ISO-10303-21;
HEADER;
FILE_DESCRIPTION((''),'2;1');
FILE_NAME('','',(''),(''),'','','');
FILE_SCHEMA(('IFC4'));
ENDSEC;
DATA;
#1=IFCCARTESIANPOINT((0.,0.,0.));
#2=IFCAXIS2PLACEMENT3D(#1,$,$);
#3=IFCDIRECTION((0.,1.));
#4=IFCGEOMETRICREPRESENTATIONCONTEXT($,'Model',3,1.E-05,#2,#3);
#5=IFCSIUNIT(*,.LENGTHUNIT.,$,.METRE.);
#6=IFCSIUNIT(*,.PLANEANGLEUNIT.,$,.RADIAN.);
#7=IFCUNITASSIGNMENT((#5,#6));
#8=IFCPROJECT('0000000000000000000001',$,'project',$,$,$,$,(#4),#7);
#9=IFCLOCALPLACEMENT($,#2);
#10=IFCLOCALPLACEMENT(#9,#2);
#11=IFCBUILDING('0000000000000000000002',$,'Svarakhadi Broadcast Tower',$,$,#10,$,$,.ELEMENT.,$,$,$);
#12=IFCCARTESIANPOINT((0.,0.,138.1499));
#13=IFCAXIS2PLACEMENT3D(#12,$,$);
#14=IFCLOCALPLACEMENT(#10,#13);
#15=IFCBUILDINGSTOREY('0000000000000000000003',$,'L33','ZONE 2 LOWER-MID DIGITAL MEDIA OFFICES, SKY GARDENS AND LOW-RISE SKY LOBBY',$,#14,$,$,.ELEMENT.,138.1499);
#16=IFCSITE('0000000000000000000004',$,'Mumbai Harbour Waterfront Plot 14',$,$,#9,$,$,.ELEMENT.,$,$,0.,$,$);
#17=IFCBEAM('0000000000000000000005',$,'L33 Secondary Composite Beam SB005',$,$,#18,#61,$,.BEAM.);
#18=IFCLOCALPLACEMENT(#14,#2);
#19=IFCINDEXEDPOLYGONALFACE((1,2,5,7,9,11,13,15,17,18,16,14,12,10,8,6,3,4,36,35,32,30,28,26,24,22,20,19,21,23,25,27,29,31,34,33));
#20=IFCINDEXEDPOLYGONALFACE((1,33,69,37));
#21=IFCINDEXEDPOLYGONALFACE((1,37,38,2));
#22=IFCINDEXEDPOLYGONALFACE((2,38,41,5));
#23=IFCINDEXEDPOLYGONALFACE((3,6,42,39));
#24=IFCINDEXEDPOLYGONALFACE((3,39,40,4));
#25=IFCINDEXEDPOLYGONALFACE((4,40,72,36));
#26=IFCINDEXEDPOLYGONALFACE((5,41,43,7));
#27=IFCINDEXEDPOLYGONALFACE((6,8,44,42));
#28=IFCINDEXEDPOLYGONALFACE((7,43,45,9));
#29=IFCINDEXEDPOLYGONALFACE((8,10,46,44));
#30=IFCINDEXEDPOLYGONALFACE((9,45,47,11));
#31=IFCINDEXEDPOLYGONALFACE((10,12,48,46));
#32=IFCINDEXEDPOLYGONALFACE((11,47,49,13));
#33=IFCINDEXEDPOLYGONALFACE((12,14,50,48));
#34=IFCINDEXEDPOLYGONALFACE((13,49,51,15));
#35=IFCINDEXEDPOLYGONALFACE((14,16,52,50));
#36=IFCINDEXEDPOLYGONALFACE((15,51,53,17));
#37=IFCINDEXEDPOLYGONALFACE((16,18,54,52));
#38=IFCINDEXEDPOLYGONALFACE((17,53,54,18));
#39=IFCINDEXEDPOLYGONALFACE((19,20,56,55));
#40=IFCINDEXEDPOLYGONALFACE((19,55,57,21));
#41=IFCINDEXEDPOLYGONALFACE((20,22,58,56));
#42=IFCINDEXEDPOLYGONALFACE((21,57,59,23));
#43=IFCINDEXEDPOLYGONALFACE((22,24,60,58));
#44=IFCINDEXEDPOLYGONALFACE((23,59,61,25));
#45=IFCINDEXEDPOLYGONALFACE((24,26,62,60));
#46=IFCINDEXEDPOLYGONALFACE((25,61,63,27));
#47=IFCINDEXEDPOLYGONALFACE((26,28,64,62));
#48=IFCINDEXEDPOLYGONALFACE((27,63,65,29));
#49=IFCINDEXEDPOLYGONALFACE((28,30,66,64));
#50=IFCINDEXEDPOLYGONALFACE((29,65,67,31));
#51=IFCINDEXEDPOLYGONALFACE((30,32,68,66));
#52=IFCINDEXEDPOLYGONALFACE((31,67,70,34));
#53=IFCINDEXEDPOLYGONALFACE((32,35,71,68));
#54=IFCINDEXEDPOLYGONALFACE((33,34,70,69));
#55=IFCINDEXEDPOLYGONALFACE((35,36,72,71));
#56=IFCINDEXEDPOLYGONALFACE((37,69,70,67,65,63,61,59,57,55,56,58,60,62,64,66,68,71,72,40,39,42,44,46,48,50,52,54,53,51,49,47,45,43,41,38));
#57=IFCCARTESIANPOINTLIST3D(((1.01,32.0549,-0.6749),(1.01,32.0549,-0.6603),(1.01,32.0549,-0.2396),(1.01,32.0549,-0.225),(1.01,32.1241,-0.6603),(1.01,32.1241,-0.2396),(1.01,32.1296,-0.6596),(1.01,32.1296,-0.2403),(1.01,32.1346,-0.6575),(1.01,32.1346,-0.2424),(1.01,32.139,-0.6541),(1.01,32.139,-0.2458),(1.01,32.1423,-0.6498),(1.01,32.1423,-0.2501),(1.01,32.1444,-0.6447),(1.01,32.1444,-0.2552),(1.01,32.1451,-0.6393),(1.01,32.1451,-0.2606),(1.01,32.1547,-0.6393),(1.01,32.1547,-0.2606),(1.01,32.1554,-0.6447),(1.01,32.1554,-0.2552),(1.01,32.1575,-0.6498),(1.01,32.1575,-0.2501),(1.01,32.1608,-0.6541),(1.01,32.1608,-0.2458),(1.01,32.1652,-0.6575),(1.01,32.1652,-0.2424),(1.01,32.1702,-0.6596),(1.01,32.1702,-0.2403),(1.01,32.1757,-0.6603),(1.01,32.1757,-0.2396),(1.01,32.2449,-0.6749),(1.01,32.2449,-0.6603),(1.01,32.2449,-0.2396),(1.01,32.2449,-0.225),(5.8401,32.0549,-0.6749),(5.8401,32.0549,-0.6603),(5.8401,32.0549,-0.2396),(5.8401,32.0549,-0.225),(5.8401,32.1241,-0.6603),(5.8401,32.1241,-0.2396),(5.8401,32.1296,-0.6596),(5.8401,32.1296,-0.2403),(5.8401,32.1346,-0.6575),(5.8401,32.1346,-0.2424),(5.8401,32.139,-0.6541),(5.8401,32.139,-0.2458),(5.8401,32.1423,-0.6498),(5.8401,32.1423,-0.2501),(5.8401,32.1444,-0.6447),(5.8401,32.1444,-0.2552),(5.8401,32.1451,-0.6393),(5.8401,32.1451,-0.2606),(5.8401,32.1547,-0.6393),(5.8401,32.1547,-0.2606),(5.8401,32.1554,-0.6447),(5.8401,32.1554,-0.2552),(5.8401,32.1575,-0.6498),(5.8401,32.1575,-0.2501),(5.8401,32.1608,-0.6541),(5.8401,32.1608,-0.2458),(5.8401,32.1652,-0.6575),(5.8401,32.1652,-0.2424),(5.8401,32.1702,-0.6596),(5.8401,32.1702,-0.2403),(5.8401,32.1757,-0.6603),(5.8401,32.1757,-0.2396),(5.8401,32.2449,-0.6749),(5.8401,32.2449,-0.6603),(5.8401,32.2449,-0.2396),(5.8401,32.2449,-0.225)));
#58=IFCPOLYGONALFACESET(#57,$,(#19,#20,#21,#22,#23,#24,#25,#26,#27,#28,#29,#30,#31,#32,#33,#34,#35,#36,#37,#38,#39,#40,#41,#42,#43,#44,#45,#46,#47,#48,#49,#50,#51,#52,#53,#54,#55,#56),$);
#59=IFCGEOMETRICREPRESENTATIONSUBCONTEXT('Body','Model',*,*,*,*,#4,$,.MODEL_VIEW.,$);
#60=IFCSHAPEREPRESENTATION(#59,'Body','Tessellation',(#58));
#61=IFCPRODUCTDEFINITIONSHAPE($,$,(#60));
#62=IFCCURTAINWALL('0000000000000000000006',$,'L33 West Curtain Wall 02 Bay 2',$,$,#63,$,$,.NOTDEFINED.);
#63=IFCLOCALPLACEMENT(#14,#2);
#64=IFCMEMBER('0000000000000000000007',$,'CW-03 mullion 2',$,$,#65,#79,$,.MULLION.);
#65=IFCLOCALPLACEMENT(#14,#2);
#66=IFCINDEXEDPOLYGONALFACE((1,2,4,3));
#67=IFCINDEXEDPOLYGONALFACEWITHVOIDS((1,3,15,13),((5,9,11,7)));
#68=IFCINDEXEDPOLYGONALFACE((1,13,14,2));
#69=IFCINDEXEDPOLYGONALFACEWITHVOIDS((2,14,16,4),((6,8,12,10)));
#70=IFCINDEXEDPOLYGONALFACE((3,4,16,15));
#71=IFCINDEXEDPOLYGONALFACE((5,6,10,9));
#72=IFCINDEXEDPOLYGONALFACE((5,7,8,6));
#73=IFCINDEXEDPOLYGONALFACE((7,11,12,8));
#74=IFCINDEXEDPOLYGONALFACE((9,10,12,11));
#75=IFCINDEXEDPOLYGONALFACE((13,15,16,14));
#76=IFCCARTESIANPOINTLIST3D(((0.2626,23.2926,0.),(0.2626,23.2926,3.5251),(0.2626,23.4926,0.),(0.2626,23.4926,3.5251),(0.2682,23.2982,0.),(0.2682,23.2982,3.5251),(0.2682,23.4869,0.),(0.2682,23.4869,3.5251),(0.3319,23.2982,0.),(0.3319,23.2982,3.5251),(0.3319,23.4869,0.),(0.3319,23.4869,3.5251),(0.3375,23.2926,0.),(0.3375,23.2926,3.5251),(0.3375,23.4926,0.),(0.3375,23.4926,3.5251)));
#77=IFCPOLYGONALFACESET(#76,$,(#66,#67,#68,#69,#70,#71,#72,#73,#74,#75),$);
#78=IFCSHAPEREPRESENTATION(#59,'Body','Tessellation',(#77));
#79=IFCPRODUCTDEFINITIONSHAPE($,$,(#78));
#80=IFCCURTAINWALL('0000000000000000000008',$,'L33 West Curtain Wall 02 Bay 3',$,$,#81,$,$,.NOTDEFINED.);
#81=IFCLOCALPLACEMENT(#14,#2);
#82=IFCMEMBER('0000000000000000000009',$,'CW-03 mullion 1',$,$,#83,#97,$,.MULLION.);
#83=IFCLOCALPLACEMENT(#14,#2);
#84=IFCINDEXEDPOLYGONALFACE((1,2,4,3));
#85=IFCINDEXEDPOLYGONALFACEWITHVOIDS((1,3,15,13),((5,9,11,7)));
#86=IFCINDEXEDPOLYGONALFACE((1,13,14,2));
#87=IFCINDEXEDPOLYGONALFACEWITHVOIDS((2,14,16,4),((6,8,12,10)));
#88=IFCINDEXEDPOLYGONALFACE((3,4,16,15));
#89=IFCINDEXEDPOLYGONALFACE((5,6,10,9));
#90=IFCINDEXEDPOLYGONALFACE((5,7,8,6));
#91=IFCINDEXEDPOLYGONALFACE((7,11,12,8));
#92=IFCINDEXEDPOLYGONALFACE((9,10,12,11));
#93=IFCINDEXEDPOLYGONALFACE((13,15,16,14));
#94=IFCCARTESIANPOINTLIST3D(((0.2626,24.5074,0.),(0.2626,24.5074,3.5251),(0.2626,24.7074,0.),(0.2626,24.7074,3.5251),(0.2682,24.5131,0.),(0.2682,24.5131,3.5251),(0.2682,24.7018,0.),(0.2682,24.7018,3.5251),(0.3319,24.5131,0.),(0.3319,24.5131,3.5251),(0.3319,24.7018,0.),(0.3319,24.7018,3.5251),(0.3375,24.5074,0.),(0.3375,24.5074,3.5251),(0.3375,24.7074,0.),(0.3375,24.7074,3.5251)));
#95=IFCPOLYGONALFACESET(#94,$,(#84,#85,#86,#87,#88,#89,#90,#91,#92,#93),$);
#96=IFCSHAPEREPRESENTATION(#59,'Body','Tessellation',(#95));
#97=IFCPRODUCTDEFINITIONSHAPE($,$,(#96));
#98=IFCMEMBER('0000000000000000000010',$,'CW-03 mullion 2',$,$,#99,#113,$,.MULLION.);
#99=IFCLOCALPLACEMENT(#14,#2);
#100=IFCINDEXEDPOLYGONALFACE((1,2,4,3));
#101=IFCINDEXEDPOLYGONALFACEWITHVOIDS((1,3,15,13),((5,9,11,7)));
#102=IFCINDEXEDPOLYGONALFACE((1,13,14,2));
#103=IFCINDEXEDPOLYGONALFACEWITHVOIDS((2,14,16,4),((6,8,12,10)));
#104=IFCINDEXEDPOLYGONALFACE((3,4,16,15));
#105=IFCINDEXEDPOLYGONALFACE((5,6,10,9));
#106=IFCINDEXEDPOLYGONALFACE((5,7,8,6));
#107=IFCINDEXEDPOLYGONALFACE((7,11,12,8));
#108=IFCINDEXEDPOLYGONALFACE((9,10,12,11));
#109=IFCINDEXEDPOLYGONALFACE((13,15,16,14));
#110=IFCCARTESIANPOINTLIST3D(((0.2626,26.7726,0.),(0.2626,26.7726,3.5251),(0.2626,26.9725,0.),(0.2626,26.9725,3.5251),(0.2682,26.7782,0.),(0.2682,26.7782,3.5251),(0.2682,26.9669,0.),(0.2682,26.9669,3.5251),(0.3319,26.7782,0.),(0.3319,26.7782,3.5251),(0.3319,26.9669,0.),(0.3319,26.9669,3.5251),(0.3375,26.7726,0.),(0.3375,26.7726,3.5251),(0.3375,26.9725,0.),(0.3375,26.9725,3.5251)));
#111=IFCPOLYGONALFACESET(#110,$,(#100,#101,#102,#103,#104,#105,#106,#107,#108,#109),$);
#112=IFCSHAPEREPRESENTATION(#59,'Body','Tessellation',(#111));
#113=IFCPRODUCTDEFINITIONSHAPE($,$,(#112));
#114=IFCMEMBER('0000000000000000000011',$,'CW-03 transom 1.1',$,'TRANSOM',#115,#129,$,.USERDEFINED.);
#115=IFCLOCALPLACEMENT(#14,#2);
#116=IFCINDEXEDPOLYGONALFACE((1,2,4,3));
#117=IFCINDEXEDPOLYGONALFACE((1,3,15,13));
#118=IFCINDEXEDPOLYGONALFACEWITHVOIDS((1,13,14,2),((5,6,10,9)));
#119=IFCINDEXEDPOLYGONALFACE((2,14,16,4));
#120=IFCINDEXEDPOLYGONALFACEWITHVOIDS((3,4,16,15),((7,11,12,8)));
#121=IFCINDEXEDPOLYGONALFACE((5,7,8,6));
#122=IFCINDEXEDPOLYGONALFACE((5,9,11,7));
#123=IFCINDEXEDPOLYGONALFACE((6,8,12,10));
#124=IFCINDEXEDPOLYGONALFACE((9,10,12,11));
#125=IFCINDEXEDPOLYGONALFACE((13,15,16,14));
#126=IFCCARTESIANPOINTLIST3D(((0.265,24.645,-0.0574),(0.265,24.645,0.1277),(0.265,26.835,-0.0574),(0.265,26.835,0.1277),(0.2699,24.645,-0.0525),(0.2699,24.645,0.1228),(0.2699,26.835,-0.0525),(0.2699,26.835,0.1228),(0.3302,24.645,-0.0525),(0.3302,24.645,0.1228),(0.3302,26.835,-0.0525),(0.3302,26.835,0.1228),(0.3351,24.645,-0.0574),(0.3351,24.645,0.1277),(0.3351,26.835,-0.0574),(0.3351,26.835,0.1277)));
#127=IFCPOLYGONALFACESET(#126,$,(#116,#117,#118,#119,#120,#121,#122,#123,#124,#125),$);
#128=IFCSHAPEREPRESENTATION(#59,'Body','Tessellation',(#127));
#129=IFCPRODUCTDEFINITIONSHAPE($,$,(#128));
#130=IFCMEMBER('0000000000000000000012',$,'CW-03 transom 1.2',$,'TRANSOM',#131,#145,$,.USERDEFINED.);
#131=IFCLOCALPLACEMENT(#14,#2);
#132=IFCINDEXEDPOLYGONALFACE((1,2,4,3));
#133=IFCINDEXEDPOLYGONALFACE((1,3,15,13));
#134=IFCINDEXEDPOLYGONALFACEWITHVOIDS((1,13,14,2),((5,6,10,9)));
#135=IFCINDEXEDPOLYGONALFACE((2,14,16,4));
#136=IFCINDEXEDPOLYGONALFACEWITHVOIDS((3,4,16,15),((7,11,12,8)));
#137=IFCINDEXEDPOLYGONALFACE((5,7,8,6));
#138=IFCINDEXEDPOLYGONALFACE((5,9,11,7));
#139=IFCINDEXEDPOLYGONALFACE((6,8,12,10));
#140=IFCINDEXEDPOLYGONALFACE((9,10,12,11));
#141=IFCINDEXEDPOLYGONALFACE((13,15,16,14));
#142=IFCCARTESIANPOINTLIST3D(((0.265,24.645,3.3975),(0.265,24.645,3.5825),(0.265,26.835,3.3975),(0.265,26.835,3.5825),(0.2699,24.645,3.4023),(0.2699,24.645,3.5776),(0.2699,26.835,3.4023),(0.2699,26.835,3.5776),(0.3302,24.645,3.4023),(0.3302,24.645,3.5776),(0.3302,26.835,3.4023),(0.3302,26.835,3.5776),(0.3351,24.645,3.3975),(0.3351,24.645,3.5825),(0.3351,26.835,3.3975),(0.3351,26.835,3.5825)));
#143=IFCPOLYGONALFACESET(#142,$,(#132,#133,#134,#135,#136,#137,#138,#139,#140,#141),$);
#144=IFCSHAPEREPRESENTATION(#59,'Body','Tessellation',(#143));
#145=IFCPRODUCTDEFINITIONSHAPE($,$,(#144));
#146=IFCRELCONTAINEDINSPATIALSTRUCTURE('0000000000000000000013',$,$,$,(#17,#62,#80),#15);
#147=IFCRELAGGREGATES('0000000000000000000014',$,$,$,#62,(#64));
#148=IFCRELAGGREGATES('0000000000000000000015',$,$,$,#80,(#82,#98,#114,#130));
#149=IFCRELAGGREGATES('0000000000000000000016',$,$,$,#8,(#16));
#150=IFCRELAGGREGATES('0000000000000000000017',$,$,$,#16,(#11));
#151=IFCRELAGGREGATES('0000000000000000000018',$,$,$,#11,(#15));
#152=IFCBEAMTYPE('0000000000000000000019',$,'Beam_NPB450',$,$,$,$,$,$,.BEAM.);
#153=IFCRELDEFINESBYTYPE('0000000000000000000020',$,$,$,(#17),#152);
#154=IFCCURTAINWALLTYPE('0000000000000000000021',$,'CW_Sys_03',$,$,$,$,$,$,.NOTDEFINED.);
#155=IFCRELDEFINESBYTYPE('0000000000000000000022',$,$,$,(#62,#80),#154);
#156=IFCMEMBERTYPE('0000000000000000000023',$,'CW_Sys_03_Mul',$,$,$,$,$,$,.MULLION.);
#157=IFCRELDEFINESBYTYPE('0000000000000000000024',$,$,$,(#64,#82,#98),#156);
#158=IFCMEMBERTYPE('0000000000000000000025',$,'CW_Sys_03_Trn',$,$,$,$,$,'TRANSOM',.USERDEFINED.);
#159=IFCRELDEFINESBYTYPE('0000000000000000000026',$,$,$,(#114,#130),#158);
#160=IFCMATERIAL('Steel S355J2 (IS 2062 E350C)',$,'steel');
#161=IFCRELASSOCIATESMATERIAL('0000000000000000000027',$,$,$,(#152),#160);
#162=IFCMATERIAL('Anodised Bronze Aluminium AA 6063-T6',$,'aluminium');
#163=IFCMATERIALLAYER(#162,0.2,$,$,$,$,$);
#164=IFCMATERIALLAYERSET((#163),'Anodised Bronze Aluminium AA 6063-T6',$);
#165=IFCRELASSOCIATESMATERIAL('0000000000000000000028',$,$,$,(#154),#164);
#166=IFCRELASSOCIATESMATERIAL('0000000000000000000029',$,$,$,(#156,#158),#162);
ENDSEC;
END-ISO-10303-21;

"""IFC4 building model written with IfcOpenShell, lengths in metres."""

from ifc_helpers import new_model, si_unit, direction, frame, origin, origin_2d, place, context, subcontext, project, spatial, hollow_rectangle, i_section, extrude, material, layer, layer_set, material_profile, profile_set, type_object, element, aggregate, save


model = new_model("IFC4")

# Units and contexts
model_context = context("Model", 3, precision=1e-05, world=origin(), true_north=direction((0.0, 1.0)))
body_context = subcontext(model_context, "Body", "Model", "MODEL_VIEW")
ifc_project = project(units=[si_unit("LENGTHUNIT", "METRE"), si_unit("PLANEANGLEUNIT", "RADIAN")], contexts=[model_context])

# Site, building, storey
site_placement = place(None, origin())
site = spatial("IfcSite", under=ifc_project, at=site_placement, Name="Mumbai Harbour Waterfront Plot 14", CompositionType="ELEMENT", RefElevation=0.0)
building_placement = place(site_placement, origin())
building = spatial("IfcBuilding", under=site, at=building_placement, Name="Svarakhadi Broadcast Tower", CompositionType="ELEMENT")
storey_placement = place(building_placement, frame((0.0, 0.0, 138.1499)))
storey = spatial("IfcBuildingStorey", under=building, at=storey_placement, Name="L33", Description="ZONE 2 LOWER-MID DIGITAL MEDIA OFFICES, SKY GARDENS AND LOW-RISE SKY LOBBY", CompositionType="ELEMENT", Elevation=138.1499)

# Beam
ifc_material_1 = material(Name="Steel S355J2 (IS 2062 E350C)", Category="steel")
ifc_material_profile_1 = material_profile(ifc_material_1, i_section(OverallWidth=0.1899, OverallDepth=0.45, WebThickness=0.0095, FlangeThickness=0.0146, FilletRadius=0.021, at=origin_2d()), Name="NPB 450x190x78")
ifc_profile_set_1 = profile_set([ifc_material_profile_1], Name="Steel S355J2 (IS 2062 E350C)")
beam_type_1 = type_object("IfcBeamType", Name="Beam_NPB450", PredefinedType="BEAM", material=ifc_profile_set_1)
for number, where, z_axis, x_axis, name in (
    (1, (1.01, 32.1499, -0.45), (1.0, 0.0, 0.0), (0.0, 1.0, 0.0), "L33 Secondary Composite Beam SB005"),
):
    element("IfcBeam", number, at=place(storey_placement, frame(where, z_axis=z_axis, x_axis=x_axis)), inside=storey, type_object=beam_type_1, Name=name, PredefinedType="BEAM", context=body_context, shape_type="SweptSolid", body=[
        extrude(i_section(OverallWidth=0.1899, OverallDepth=0.45, WebThickness=0.0095, FlangeThickness=0.0146, FilletRadius=0.021, at=origin_2d()), origin(), (0.0, 0.0, 1.0), 4.8301),
    ])

# Curtain wall, member
ifc_material_2 = material(Name="Anodised Bronze Aluminium AA 6063-T6", Category="aluminium")
ifc_layer_1 = layer(ifc_material_2, 0.2)
ifc_layer_set_1 = layer_set([ifc_layer_1], Name="Anodised Bronze Aluminium AA 6063-T6")
curtain_wall_type = type_object("IfcCurtainWallType", Name="CW_Sys_03", PredefinedType="NOTDEFINED", material=ifc_layer_set_1)
curtain_wall_1_placement = place(storey_placement, origin())
curtain_wall_1 = element("IfcCurtainWall", 2, at=curtain_wall_1_placement, inside=storey, type_object=curtain_wall_type, Name="L33 West Curtain Wall 02 Bay 2", PredefinedType="NOTDEFINED")
ifc_material_profile_2 = material_profile(ifc_material_2, hollow_rectangle(XDim=0.075, YDim=0.2, WallThickness=0.0056, at=origin_2d()), Name="ALU MULLION 200x75x6")
ifc_profile_set_2 = profile_set([ifc_material_profile_2], Name="Anodised Bronze Aluminium AA 6063-T6")
member_type_1 = type_object("IfcMemberType", Name="CW_Sys_03_Mul", PredefinedType="MULLION", material=ifc_profile_set_2)
member_1_placement = place(storey_placement, frame((0.3, 23.3926, 0.0), z_axis=(0.0, 0.0, 1.0), x_axis=(-1.0, 0.0, 0.0)))
member_1 = element("IfcMember", 3, at=member_1_placement, type_object=member_type_1, Name="CW-03 mullion 2", PredefinedType="MULLION", context=body_context, shape_type="SweptSolid", body=[
    extrude(hollow_rectangle(XDim=0.075, YDim=0.2, WallThickness=0.0056, at=origin_2d()), origin(), (0.0, 0.0, 1.0), 3.5251),
])
aggregate(curtain_wall_1, [member_1])

# Curtain wall, members
curtain_wall_2_placement = place(storey_placement, origin())
curtain_wall_2 = element("IfcCurtainWall", 4, at=curtain_wall_2_placement, inside=storey, type_object=curtain_wall_type, Name="L33 West Curtain Wall 02 Bay 3", PredefinedType="NOTDEFINED")
member_2_placement = place(storey_placement, frame((0.3, 24.6074, 0.0), z_axis=(0.0, 0.0, 1.0), x_axis=(-1.0, 0.0, 0.0)))
member_2 = element("IfcMember", 5, at=member_2_placement, type_object=member_type_1, Name="CW-03 mullion 1", PredefinedType="MULLION", context=body_context, shape_type="SweptSolid", body=[
    extrude(hollow_rectangle(XDim=0.075, YDim=0.2, WallThickness=0.0056, at=origin_2d()), origin(), (0.0, 0.0, 1.0), 3.5251),
])
member_3_placement = place(storey_placement, frame((0.3, 26.8726, 0.0), z_axis=(0.0, 0.0, 1.0), x_axis=(-1.0, 0.0, 0.0)))
member_3 = element("IfcMember", 6, at=member_3_placement, type_object=member_type_1, Name="CW-03 mullion 2", PredefinedType="MULLION", context=body_context, shape_type="SweptSolid", body=[
    extrude(hollow_rectangle(XDim=0.075, YDim=0.2, WallThickness=0.0056, at=origin_2d()), origin(), (0.0, 0.0, 1.0), 3.5251),
])
ifc_material_profile_3 = material_profile(ifc_material_2, hollow_rectangle(XDim=0.0701, YDim=0.1851, WallThickness=0.0049, at=origin_2d()), Name="ALU TRANSOM 185x70x5")
ifc_profile_set_3 = profile_set([ifc_material_profile_3], Name="Anodised Bronze Aluminium AA 6063-T6")
member_type_2 = type_object("IfcMemberType", Name="CW_Sys_03_Trn", ElementType="TRANSOM", PredefinedType="USERDEFINED", material=ifc_profile_set_3)
member_4_placement = place(storey_placement, frame((0.3, 24.645, 0.0352), z_axis=(0.0, 1.0, 0.0), x_axis=(-1.0, 0.0, 0.0)))
member_4 = element("IfcMember", 7, at=member_4_placement, type_object=member_type_2, Name="CW-03 transom 1.1", ObjectType="TRANSOM", PredefinedType="USERDEFINED", context=body_context, shape_type="SweptSolid", body=[
    extrude(hollow_rectangle(XDim=0.0701, YDim=0.1851, WallThickness=0.0049, at=origin_2d()), origin(), (0.0, 0.0, 1.0), 2.1899),
])
member_5_placement = place(storey_placement, frame((0.3, 24.645, 3.49), z_axis=(0.0, 1.0, 0.0), x_axis=(-1.0, 0.0, 0.0)))
member_5 = element("IfcMember", 8, at=member_5_placement, type_object=member_type_2, Name="CW-03 transom 1.2", ObjectType="TRANSOM", PredefinedType="USERDEFINED", context=body_context, shape_type="SweptSolid", body=[
    extrude(hollow_rectangle(XDim=0.0701, YDim=0.1851, WallThickness=0.0049, at=origin_2d()), origin(), (0.0, 0.0, 1.0), 2.1899),
])

aggregate(curtain_wall_2, [member_2, member_3, member_4, member_5])

save(model, "model.ifc")
